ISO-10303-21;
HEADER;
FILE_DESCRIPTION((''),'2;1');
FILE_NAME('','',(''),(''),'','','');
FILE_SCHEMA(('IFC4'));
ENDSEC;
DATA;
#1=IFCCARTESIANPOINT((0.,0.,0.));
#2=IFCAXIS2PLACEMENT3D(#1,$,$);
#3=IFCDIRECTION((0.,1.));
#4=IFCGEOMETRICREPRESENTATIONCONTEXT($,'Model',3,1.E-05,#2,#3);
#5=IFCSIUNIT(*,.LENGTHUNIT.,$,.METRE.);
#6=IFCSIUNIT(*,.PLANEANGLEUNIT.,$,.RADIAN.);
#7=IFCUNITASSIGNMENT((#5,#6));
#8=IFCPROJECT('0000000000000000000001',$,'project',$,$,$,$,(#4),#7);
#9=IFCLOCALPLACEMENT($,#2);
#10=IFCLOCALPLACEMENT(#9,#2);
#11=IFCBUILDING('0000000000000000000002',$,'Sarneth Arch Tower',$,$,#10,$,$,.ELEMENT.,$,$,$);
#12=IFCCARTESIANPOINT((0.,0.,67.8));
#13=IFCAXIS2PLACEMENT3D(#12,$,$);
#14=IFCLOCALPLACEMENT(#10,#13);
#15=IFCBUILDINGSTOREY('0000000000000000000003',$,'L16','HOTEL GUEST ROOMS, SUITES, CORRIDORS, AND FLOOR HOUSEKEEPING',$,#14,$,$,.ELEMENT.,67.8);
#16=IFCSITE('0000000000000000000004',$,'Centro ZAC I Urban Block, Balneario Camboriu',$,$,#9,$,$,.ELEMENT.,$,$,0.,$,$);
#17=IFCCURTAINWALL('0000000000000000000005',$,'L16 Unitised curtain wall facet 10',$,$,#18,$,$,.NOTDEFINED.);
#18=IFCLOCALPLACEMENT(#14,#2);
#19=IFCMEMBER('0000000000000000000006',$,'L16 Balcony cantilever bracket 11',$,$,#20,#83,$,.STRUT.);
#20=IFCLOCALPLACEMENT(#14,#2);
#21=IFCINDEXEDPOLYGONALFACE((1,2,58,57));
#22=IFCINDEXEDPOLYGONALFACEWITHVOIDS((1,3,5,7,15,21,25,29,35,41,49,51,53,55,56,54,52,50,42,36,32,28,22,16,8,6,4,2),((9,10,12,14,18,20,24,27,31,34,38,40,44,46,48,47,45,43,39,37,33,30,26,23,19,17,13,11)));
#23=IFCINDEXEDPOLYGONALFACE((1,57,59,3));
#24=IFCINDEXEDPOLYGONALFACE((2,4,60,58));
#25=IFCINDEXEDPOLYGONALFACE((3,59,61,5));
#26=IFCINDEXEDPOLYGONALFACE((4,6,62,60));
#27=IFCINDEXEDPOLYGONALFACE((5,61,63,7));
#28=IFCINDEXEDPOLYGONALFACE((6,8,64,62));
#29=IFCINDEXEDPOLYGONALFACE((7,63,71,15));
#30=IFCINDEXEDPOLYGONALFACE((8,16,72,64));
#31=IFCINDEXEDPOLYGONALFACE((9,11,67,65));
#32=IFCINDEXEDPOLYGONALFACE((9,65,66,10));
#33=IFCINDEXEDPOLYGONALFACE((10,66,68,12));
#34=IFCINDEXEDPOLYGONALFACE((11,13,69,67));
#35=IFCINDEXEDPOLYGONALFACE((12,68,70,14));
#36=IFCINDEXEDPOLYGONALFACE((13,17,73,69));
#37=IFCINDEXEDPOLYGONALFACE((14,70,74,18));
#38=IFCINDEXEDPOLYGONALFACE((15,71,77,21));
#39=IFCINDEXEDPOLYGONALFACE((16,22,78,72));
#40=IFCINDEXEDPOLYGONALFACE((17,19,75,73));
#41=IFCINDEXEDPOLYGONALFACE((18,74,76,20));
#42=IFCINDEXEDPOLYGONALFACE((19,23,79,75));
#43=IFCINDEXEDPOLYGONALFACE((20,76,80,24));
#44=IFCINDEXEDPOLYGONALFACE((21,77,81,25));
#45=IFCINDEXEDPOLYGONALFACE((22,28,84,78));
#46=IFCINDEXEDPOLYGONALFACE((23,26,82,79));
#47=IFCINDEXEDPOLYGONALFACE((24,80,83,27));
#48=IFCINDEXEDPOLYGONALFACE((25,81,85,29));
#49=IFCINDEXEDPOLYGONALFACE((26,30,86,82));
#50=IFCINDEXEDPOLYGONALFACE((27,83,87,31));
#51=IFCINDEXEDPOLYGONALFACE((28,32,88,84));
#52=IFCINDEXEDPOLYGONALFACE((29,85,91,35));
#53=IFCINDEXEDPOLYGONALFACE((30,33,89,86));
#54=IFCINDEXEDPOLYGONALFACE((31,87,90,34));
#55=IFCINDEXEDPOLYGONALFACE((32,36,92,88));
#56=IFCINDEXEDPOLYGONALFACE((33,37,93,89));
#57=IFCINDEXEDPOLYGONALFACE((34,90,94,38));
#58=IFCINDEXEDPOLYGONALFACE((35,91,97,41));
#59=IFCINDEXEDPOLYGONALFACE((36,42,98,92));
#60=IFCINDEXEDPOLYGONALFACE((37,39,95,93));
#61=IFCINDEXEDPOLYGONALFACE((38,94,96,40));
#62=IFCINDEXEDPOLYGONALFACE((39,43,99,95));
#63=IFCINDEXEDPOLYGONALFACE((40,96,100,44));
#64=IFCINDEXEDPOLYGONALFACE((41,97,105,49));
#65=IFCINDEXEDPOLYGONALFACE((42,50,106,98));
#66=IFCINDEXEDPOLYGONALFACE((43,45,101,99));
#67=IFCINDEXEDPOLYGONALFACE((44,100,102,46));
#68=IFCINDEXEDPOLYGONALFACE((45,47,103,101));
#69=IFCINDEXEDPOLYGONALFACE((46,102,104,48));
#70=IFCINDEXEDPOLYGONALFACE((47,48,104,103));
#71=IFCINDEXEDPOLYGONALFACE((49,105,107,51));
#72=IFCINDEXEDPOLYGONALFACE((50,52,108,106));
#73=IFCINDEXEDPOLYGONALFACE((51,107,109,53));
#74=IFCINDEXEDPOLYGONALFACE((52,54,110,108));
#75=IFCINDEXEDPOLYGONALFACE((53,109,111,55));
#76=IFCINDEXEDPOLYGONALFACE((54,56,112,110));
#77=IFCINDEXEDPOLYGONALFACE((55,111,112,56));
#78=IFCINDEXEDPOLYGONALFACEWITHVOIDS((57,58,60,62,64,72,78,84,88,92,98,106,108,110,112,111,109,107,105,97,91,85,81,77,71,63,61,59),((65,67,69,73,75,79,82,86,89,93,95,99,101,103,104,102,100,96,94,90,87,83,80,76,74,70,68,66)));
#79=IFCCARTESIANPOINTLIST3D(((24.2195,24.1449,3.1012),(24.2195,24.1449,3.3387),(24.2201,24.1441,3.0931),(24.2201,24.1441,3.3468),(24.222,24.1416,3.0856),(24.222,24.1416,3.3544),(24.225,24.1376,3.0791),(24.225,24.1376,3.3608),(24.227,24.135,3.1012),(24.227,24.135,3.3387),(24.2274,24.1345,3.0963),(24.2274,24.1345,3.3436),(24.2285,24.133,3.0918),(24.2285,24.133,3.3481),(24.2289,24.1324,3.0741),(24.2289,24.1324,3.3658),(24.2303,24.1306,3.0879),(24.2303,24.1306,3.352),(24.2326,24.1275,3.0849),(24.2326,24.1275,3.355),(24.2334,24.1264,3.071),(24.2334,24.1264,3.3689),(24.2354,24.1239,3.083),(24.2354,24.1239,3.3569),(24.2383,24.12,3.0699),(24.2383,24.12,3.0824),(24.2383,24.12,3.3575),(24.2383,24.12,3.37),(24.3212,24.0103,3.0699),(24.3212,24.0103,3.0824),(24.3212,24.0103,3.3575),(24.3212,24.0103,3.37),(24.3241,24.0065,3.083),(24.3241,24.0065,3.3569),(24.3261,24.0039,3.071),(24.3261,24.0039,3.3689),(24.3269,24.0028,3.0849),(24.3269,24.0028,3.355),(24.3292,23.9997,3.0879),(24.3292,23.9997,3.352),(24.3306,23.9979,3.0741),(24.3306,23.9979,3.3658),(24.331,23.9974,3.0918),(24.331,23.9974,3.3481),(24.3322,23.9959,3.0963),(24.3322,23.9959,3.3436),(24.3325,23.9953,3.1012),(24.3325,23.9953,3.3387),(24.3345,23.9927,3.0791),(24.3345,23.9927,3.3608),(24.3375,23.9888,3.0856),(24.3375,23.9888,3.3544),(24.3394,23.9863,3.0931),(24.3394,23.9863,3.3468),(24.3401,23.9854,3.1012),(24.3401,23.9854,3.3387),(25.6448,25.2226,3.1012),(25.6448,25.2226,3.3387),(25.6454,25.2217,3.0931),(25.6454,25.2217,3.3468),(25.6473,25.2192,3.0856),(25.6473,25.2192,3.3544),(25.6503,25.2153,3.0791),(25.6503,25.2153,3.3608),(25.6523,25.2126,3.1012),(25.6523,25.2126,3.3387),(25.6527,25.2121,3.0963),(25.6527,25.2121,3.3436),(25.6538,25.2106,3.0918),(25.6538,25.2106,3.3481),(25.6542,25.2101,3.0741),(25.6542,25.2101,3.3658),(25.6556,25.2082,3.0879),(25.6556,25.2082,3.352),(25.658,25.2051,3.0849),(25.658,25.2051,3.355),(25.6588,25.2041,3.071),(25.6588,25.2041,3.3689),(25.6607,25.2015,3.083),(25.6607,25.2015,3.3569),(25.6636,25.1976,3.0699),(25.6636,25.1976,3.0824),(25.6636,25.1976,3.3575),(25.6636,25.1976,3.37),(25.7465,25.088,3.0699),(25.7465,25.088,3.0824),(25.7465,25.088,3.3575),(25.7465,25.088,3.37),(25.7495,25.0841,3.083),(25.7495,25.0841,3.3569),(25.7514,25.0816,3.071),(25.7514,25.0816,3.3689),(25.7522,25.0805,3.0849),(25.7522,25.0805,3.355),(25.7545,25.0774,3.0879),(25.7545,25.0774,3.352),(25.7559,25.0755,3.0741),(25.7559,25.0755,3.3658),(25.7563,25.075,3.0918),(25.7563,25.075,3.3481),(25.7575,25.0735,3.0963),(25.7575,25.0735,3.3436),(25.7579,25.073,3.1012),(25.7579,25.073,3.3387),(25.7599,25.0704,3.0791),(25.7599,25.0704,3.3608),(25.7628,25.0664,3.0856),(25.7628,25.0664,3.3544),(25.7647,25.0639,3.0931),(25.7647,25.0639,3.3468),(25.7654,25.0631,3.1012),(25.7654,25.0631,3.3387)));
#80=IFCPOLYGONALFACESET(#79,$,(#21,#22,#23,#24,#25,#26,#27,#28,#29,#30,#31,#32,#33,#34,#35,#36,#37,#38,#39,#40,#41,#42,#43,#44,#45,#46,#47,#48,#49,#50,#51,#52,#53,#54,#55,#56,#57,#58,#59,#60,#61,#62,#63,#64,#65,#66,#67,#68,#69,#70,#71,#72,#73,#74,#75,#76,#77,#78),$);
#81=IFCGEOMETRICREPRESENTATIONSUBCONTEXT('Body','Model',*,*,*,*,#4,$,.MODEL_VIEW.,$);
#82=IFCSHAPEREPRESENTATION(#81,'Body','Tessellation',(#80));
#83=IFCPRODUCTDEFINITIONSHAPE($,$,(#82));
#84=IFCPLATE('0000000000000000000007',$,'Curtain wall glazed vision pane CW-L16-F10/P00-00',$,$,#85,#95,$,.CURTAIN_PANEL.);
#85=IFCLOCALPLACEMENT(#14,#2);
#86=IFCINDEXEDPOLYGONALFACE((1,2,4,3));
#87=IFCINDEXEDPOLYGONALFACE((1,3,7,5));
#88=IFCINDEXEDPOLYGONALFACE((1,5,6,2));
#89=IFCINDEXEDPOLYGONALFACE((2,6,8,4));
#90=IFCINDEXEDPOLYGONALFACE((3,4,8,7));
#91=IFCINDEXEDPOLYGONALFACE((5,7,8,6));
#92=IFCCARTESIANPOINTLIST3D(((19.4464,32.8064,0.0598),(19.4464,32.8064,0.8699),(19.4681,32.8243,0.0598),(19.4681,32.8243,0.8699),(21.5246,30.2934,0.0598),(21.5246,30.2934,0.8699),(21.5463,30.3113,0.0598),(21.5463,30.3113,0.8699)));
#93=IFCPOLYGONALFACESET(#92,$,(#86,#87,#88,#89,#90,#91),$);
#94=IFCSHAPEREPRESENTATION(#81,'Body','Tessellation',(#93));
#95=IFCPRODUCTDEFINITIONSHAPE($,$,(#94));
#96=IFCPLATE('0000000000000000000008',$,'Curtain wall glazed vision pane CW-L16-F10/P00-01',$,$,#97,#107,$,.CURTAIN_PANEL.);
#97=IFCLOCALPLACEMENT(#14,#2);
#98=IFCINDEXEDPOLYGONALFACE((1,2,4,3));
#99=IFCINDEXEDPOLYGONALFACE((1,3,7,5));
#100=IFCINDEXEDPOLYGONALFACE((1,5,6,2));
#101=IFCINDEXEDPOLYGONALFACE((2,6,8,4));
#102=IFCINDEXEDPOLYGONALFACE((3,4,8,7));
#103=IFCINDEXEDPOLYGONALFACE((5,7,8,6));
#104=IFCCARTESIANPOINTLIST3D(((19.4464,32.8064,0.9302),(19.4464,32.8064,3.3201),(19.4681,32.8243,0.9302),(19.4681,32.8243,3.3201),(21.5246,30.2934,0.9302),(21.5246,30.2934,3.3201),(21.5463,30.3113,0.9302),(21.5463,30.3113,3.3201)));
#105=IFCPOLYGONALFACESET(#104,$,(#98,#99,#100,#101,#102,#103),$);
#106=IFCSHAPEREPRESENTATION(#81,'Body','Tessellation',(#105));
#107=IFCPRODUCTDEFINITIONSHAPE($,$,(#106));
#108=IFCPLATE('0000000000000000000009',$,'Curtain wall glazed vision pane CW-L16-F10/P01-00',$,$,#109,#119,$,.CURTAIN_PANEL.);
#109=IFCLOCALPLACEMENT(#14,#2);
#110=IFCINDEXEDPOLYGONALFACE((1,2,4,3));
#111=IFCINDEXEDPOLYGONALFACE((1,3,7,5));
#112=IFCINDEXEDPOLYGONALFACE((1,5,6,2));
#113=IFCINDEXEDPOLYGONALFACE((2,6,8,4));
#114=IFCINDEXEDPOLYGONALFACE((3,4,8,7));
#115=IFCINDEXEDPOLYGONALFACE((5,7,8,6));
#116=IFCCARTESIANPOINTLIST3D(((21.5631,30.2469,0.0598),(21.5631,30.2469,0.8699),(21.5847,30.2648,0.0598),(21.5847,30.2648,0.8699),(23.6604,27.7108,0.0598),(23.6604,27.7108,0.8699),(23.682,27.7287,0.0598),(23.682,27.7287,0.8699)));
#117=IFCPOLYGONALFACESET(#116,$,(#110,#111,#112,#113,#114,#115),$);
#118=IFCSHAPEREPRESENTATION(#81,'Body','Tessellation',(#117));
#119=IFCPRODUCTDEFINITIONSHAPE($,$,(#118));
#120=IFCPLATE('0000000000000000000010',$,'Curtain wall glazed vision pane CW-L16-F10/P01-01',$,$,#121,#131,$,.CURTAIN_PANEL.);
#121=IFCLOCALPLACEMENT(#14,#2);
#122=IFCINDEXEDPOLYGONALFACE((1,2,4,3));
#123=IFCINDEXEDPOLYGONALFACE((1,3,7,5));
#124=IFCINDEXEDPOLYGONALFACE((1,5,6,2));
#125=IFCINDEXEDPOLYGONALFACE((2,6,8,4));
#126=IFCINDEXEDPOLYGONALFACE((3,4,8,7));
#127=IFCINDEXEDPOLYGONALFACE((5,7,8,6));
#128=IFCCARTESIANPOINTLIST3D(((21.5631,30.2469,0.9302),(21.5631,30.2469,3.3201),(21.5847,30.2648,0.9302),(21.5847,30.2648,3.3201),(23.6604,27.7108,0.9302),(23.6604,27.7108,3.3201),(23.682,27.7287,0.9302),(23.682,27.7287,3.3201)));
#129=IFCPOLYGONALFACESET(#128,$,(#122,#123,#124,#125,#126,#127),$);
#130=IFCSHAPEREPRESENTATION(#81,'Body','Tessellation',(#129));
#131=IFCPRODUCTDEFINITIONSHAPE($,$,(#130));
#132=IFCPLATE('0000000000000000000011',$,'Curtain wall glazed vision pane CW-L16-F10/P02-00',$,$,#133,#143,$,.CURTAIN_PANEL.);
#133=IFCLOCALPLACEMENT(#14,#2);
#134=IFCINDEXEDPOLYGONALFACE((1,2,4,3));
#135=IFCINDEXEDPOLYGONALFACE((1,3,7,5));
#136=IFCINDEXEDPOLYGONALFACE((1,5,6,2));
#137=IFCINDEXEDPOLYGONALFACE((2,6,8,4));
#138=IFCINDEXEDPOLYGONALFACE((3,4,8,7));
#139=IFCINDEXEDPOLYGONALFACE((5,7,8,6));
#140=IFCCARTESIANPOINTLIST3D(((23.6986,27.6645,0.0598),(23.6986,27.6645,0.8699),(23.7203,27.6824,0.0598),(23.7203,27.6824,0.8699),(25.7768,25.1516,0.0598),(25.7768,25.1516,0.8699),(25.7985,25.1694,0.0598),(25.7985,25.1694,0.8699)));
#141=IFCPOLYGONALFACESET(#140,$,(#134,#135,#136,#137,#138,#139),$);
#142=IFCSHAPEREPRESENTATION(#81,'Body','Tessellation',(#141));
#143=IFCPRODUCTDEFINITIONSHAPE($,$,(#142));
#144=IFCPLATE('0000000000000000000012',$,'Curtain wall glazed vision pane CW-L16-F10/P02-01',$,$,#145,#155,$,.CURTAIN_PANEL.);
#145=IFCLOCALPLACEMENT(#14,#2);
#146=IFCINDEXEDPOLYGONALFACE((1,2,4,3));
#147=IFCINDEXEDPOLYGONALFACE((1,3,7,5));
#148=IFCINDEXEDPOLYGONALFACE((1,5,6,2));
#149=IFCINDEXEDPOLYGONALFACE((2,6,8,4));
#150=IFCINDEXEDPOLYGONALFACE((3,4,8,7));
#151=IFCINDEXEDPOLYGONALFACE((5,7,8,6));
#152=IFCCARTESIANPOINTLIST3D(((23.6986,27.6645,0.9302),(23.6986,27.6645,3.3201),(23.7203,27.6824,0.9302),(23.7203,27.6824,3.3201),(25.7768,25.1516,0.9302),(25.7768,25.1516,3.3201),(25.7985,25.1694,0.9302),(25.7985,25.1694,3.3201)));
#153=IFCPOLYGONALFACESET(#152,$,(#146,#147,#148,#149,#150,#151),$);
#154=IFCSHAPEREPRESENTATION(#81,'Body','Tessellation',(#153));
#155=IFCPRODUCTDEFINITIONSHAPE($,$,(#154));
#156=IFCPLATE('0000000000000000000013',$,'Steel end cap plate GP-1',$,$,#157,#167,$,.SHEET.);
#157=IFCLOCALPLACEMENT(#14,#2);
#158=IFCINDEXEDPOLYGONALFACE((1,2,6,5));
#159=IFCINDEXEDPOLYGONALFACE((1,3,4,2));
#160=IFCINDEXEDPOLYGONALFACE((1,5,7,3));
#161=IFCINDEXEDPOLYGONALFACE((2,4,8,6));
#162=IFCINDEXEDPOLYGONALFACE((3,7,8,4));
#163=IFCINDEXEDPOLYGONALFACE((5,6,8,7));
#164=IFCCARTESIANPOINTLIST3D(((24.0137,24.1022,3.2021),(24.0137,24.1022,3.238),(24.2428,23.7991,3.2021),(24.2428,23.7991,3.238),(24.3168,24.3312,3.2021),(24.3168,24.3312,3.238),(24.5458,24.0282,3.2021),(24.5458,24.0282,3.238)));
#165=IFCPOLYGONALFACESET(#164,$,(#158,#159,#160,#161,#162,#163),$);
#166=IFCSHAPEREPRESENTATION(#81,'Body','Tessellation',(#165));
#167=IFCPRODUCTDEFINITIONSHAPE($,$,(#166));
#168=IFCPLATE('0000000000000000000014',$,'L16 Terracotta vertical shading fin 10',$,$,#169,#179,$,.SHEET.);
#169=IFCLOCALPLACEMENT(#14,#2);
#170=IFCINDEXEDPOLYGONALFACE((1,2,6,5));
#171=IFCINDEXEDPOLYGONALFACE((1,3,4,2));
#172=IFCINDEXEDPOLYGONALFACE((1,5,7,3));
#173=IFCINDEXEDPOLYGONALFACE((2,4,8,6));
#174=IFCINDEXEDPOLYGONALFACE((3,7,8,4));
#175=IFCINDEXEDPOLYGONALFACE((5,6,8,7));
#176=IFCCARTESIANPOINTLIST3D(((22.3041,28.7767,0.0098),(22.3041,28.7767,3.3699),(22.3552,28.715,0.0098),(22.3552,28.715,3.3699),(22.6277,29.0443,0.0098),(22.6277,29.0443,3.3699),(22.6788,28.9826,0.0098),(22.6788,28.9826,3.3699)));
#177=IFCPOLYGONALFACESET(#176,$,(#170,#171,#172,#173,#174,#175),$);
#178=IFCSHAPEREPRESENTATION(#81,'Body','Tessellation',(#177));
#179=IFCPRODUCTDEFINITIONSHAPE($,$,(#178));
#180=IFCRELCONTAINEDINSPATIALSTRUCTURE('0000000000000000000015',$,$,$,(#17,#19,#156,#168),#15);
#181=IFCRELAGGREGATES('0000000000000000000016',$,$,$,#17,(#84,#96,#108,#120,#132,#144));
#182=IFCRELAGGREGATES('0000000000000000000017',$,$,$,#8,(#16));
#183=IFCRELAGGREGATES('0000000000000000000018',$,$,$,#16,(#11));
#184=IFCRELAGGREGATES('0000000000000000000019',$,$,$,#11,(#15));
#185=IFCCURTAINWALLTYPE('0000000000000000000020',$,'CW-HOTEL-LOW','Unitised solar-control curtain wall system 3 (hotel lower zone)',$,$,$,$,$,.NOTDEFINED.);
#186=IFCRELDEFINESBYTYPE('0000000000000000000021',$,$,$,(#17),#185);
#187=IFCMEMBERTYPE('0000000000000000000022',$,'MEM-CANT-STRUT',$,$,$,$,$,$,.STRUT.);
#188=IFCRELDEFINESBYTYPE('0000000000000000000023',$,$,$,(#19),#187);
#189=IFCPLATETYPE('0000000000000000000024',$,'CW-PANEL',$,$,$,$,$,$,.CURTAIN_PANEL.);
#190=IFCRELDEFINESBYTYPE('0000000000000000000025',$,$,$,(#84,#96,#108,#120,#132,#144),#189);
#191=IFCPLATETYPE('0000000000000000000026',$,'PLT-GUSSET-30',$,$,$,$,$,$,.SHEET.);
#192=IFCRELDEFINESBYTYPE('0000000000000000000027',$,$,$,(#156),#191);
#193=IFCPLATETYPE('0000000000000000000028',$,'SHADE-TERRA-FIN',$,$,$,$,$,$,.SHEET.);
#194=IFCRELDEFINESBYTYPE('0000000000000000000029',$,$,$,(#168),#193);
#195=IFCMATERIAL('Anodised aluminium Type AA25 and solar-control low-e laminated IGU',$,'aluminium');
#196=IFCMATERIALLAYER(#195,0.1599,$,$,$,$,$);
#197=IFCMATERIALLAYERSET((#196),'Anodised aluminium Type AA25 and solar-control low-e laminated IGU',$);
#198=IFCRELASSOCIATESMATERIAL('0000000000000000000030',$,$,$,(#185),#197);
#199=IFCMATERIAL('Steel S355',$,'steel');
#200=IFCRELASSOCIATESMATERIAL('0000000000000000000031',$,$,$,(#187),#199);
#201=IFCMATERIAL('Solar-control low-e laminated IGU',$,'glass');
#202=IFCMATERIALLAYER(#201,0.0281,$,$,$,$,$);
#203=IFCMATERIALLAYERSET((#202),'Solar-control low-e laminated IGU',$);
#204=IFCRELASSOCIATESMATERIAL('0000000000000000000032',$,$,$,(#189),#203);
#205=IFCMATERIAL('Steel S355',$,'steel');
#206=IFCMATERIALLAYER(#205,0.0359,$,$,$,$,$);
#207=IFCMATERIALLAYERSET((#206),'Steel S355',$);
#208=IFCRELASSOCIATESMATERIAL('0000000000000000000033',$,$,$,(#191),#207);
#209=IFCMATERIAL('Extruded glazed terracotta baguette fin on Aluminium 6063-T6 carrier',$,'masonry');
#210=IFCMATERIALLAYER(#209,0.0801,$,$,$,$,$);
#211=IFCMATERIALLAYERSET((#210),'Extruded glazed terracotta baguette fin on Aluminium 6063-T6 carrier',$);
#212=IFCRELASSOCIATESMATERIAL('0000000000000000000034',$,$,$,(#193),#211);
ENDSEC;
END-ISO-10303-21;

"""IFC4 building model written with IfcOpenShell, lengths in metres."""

from ifc_helpers import new_model, si_unit, direction, frame, origin, origin_2d, place, context, subcontext, project, spatial, rectangle, hollow_rectangle, extrude, material, layer, layer_set, material_profile, profile_set, type_object, element, aggregate, save


model = new_model("IFC4")

# Units and contexts
model_context = context("Model", 3, precision=1e-05, world=origin(), true_north=direction((0.0, 1.0)))
body_context = subcontext(model_context, "Body", "Model", "MODEL_VIEW")
ifc_project = project(units=[si_unit("LENGTHUNIT", "METRE"), si_unit("PLANEANGLEUNIT", "RADIAN")], contexts=[model_context])

# Site, building, storey
site_placement = place(None, origin())
site = spatial("IfcSite", under=ifc_project, at=site_placement, Name="Centro ZAC I Urban Block, Balneario Camboriu", CompositionType="ELEMENT", RefElevation=0.0)
building_placement = place(site_placement, origin())
building = spatial("IfcBuilding", under=site, at=building_placement, Name="Sarneth Arch Tower", CompositionType="ELEMENT")
storey_placement = place(building_placement, frame((0.0, 0.0, 67.8)))
storey = spatial("IfcBuildingStorey", under=building, at=storey_placement, Name="L16", Description="HOTEL GUEST ROOMS, SUITES, CORRIDORS, AND FLOOR HOUSEKEEPING", CompositionType="ELEMENT", Elevation=67.8)

# Curtain wall
ifc_material_1 = material(Name="Anodised aluminium Type AA25 and solar-control low-e laminated IGU", Category="aluminium")
ifc_layer_1 = layer(ifc_material_1, 0.1599)
ifc_layer_set_1 = layer_set([ifc_layer_1], Name="Anodised aluminium Type AA25 and solar-control low-e laminated IGU")
curtain_wall_type = type_object("IfcCurtainWallType", Name="CW-HOTEL-LOW", Description="Unitised solar-control curtain wall system 3 (hotel lower zone)", PredefinedType="NOTDEFINED", material=ifc_layer_set_1)
curtain_wall_placement = place(storey_placement, origin())
curtain_wall = element("IfcCurtainWall", 1, at=curtain_wall_placement, inside=storey, type_object=curtain_wall_type, Name="L16 Unitised curtain wall facet 10", PredefinedType="NOTDEFINED")

# Member
ifc_material_2 = material(Name="Steel S355", Category="steel")
ifc_material_profile_1 = material_profile(ifc_material_2, hollow_rectangle(XDim=0.2, YDim=0.3, WallThickness=0.0125, InnerFilletRadius=0.0188, OuterFilletRadius=0.0312, at=origin_2d()), Name="RHS300x200x12.5")
ifc_profile_set_1 = profile_set([ifc_material_profile_1], Name="Steel S355")
member_type_1 = type_object("IfcMemberType", Name="MEM-CANT-STRUT", PredefinedType="STRUT", material=ifc_profile_set_1)
member_1_placement = place(storey_placement, frame((25.7051, 25.1428, 3.22), z_axis=(-0.797666, -0.6031, 0.0), x_axis=(0.6031, -0.797666, 0.0)))
element("IfcMember", 2, at=member_1_placement, inside=storey, type_object=member_type_1, Name="L16 Balcony cantilever bracket 11", PredefinedType="STRUT", context=body_context, shape_type="SweptSolid", body=[
    extrude(hollow_rectangle(XDim=0.2, YDim=0.3, WallThickness=0.0125, InnerFilletRadius=0.0188, OuterFilletRadius=0.0312, at=origin_2d()), origin(), (0.0, 0.0, 1.0), 1.7869),
])

# Plates
ifc_material_3 = material(Name="Solar-control low-e laminated IGU", Category="glass")
ifc_layer_2 = layer(ifc_material_3, 0.0281)
ifc_layer_set_2 = layer_set([ifc_layer_2], Name="Solar-control low-e laminated IGU")
plate_type_1 = type_object("IfcPlateType", Name="CW-PANEL", PredefinedType="CURTAIN_PANEL", material=ifc_layer_set_2)
plate_1_placement = place(storey_placement, frame((20.4963, 31.5588, 0.0598), z_axis=(0.0, 0.0, 1.0), x_axis=(0.637291, -0.770623, 0.0)))
plate_1 = element("IfcPlate", 3, at=plate_1_placement, type_object=plate_type_1, Name="Curtain wall glazed vision pane CW-L16-F10/P00-00", PredefinedType="CURTAIN_PANEL", context=body_context, shape_type="SweptSolid", body=[
    extrude(rectangle(XDim=3.261, YDim=0.0281, at=origin_2d()), origin(), (0.0, 0.0, 1.0), 0.8101),
])
plate_2_placement = place(storey_placement, frame((20.4963, 31.5588, 0.9302), z_axis=(0.0, 0.0, 1.0), x_axis=(0.637291, -0.770623, 0.0)))
plate_2 = element("IfcPlate", 4, at=plate_2_placement, type_object=plate_type_1, Name="Curtain wall glazed vision pane CW-L16-F10/P00-01", PredefinedType="CURTAIN_PANEL", context=body_context, shape_type="SweptSolid", body=[
    extrude(rectangle(XDim=3.261, YDim=0.0281, at=origin_2d()), origin(), (0.0, 0.0, 1.0), 2.3899),
])
plate_3_placement = place(storey_placement, frame((22.6226, 28.9878, 0.0598), z_axis=(0.0, 0.0, 1.0), x_axis=(0.637291, -0.770623, 0.0)))
plate_3 = element("IfcPlate", 5, at=plate_3_placement, type_object=plate_type_1, Name="Curtain wall glazed vision pane CW-L16-F10/P01-00", PredefinedType="CURTAIN_PANEL", context=body_context, shape_type="SweptSolid", body=[
    extrude(rectangle(XDim=3.291, YDim=0.0281, at=origin_2d()), origin(), (0.0, 0.0, 1.0), 0.8101),
])
plate_4_placement = place(storey_placement, frame((22.6226, 28.9878, 0.9302), z_axis=(0.0, 0.0, 1.0), x_axis=(0.637291, -0.770623, 0.0)))
plate_4 = element("IfcPlate", 6, at=plate_4_placement, type_object=plate_type_1, Name="Curtain wall glazed vision pane CW-L16-F10/P01-01", PredefinedType="CURTAIN_PANEL", context=body_context, shape_type="SweptSolid", body=[
    extrude(rectangle(XDim=3.291, YDim=0.0281, at=origin_2d()), origin(), (0.0, 0.0, 1.0), 2.3899),
])
plate_5_placement = place(storey_placement, frame((24.7485, 26.417, 0.0598), z_axis=(0.0, 0.0, 1.0), x_axis=(0.637291, -0.770623, 0.0)))
plate_5 = element("IfcPlate", 7, at=plate_5_placement, type_object=plate_type_1, Name="Curtain wall glazed vision pane CW-L16-F10/P02-00", PredefinedType="CURTAIN_PANEL", context=body_context, shape_type="SweptSolid", body=[
    extrude(rectangle(XDim=3.261, YDim=0.0281, at=origin_2d()), origin(), (0.0, 0.0, 1.0), 0.8101),
])
plate_6_placement = place(storey_placement, frame((24.7485, 26.417, 0.9302), z_axis=(0.0, 0.0, 1.0), x_axis=(0.637291, -0.770623, 0.0)))
plate_6 = element("IfcPlate", 8, at=plate_6_placement, type_object=plate_type_1, Name="Curtain wall glazed vision pane CW-L16-F10/P02-01", PredefinedType="CURTAIN_PANEL", context=body_context, shape_type="SweptSolid", body=[
    extrude(rectangle(XDim=3.261, YDim=0.0281, at=origin_2d()), origin(), (0.0, 0.0, 1.0), 2.3899),
])
aggregate(curtain_wall, [plate_1, plate_2, plate_3, plate_4, plate_5, plate_6])

# Plates
ifc_material_4 = material(Name="Steel S355", Category="steel")
ifc_layer_3 = layer(ifc_material_4, 0.0359)
ifc_layer_set_3 = layer_set([ifc_layer_3], Name="Steel S355")
plate_type_2 = type_object("IfcPlateType", Name="PLT-GUSSET-30", PredefinedType="SHEET", material=ifc_layer_set_3)
plate_7_placement = place(storey_placement, frame((24.2798, 24.0652, 3.2021), z_axis=(0.0, 0.0, 1.0), x_axis=(-0.797689, -0.603069, 0.0)))
element("IfcPlate", 9, at=plate_7_placement, inside=storey, type_object=plate_type_2, Name="Steel end cap plate GP-1", PredefinedType="SHEET", context=body_context, shape_type="SweptSolid", body=[
    extrude(rectangle(XDim=0.3799, YDim=0.3799, at=origin_2d()), origin(), (0.0, 0.0, 1.0), 0.0359),
])
ifc_material_5 = material(Name="Extruded glazed terracotta baguette fin on Aluminium 6063-T6 carrier", Category="masonry")
ifc_layer_4 = layer(ifc_material_5, 0.0801)
ifc_layer_set_4 = layer_set([ifc_layer_4], Name="Extruded glazed terracotta baguette fin on Aluminium 6063-T6 carrier")
plate_type_3 = type_object("IfcPlateType", Name="SHADE-TERRA-FIN", PredefinedType="SHEET", material=ifc_layer_set_4)
plate_8_placement = place(storey_placement, frame((22.4915, 28.8796, 0.0098), z_axis=(0.0, 0.0, 1.0), x_axis=(-0.770624, -0.63729, 0.0)))
element("IfcPlate", 10, at=plate_8_placement, inside=storey, type_object=plate_type_3, Name="L16 Terracotta vertical shading fin 10", PredefinedType="SHEET", context=body_context, shape_type="SweptSolid", body=[
    extrude(rectangle(XDim=0.4199, YDim=0.0801, at=origin_2d()), origin(), (0.0, 0.0, 1.0), 3.3601),
])

save(model, "model.ifc")
